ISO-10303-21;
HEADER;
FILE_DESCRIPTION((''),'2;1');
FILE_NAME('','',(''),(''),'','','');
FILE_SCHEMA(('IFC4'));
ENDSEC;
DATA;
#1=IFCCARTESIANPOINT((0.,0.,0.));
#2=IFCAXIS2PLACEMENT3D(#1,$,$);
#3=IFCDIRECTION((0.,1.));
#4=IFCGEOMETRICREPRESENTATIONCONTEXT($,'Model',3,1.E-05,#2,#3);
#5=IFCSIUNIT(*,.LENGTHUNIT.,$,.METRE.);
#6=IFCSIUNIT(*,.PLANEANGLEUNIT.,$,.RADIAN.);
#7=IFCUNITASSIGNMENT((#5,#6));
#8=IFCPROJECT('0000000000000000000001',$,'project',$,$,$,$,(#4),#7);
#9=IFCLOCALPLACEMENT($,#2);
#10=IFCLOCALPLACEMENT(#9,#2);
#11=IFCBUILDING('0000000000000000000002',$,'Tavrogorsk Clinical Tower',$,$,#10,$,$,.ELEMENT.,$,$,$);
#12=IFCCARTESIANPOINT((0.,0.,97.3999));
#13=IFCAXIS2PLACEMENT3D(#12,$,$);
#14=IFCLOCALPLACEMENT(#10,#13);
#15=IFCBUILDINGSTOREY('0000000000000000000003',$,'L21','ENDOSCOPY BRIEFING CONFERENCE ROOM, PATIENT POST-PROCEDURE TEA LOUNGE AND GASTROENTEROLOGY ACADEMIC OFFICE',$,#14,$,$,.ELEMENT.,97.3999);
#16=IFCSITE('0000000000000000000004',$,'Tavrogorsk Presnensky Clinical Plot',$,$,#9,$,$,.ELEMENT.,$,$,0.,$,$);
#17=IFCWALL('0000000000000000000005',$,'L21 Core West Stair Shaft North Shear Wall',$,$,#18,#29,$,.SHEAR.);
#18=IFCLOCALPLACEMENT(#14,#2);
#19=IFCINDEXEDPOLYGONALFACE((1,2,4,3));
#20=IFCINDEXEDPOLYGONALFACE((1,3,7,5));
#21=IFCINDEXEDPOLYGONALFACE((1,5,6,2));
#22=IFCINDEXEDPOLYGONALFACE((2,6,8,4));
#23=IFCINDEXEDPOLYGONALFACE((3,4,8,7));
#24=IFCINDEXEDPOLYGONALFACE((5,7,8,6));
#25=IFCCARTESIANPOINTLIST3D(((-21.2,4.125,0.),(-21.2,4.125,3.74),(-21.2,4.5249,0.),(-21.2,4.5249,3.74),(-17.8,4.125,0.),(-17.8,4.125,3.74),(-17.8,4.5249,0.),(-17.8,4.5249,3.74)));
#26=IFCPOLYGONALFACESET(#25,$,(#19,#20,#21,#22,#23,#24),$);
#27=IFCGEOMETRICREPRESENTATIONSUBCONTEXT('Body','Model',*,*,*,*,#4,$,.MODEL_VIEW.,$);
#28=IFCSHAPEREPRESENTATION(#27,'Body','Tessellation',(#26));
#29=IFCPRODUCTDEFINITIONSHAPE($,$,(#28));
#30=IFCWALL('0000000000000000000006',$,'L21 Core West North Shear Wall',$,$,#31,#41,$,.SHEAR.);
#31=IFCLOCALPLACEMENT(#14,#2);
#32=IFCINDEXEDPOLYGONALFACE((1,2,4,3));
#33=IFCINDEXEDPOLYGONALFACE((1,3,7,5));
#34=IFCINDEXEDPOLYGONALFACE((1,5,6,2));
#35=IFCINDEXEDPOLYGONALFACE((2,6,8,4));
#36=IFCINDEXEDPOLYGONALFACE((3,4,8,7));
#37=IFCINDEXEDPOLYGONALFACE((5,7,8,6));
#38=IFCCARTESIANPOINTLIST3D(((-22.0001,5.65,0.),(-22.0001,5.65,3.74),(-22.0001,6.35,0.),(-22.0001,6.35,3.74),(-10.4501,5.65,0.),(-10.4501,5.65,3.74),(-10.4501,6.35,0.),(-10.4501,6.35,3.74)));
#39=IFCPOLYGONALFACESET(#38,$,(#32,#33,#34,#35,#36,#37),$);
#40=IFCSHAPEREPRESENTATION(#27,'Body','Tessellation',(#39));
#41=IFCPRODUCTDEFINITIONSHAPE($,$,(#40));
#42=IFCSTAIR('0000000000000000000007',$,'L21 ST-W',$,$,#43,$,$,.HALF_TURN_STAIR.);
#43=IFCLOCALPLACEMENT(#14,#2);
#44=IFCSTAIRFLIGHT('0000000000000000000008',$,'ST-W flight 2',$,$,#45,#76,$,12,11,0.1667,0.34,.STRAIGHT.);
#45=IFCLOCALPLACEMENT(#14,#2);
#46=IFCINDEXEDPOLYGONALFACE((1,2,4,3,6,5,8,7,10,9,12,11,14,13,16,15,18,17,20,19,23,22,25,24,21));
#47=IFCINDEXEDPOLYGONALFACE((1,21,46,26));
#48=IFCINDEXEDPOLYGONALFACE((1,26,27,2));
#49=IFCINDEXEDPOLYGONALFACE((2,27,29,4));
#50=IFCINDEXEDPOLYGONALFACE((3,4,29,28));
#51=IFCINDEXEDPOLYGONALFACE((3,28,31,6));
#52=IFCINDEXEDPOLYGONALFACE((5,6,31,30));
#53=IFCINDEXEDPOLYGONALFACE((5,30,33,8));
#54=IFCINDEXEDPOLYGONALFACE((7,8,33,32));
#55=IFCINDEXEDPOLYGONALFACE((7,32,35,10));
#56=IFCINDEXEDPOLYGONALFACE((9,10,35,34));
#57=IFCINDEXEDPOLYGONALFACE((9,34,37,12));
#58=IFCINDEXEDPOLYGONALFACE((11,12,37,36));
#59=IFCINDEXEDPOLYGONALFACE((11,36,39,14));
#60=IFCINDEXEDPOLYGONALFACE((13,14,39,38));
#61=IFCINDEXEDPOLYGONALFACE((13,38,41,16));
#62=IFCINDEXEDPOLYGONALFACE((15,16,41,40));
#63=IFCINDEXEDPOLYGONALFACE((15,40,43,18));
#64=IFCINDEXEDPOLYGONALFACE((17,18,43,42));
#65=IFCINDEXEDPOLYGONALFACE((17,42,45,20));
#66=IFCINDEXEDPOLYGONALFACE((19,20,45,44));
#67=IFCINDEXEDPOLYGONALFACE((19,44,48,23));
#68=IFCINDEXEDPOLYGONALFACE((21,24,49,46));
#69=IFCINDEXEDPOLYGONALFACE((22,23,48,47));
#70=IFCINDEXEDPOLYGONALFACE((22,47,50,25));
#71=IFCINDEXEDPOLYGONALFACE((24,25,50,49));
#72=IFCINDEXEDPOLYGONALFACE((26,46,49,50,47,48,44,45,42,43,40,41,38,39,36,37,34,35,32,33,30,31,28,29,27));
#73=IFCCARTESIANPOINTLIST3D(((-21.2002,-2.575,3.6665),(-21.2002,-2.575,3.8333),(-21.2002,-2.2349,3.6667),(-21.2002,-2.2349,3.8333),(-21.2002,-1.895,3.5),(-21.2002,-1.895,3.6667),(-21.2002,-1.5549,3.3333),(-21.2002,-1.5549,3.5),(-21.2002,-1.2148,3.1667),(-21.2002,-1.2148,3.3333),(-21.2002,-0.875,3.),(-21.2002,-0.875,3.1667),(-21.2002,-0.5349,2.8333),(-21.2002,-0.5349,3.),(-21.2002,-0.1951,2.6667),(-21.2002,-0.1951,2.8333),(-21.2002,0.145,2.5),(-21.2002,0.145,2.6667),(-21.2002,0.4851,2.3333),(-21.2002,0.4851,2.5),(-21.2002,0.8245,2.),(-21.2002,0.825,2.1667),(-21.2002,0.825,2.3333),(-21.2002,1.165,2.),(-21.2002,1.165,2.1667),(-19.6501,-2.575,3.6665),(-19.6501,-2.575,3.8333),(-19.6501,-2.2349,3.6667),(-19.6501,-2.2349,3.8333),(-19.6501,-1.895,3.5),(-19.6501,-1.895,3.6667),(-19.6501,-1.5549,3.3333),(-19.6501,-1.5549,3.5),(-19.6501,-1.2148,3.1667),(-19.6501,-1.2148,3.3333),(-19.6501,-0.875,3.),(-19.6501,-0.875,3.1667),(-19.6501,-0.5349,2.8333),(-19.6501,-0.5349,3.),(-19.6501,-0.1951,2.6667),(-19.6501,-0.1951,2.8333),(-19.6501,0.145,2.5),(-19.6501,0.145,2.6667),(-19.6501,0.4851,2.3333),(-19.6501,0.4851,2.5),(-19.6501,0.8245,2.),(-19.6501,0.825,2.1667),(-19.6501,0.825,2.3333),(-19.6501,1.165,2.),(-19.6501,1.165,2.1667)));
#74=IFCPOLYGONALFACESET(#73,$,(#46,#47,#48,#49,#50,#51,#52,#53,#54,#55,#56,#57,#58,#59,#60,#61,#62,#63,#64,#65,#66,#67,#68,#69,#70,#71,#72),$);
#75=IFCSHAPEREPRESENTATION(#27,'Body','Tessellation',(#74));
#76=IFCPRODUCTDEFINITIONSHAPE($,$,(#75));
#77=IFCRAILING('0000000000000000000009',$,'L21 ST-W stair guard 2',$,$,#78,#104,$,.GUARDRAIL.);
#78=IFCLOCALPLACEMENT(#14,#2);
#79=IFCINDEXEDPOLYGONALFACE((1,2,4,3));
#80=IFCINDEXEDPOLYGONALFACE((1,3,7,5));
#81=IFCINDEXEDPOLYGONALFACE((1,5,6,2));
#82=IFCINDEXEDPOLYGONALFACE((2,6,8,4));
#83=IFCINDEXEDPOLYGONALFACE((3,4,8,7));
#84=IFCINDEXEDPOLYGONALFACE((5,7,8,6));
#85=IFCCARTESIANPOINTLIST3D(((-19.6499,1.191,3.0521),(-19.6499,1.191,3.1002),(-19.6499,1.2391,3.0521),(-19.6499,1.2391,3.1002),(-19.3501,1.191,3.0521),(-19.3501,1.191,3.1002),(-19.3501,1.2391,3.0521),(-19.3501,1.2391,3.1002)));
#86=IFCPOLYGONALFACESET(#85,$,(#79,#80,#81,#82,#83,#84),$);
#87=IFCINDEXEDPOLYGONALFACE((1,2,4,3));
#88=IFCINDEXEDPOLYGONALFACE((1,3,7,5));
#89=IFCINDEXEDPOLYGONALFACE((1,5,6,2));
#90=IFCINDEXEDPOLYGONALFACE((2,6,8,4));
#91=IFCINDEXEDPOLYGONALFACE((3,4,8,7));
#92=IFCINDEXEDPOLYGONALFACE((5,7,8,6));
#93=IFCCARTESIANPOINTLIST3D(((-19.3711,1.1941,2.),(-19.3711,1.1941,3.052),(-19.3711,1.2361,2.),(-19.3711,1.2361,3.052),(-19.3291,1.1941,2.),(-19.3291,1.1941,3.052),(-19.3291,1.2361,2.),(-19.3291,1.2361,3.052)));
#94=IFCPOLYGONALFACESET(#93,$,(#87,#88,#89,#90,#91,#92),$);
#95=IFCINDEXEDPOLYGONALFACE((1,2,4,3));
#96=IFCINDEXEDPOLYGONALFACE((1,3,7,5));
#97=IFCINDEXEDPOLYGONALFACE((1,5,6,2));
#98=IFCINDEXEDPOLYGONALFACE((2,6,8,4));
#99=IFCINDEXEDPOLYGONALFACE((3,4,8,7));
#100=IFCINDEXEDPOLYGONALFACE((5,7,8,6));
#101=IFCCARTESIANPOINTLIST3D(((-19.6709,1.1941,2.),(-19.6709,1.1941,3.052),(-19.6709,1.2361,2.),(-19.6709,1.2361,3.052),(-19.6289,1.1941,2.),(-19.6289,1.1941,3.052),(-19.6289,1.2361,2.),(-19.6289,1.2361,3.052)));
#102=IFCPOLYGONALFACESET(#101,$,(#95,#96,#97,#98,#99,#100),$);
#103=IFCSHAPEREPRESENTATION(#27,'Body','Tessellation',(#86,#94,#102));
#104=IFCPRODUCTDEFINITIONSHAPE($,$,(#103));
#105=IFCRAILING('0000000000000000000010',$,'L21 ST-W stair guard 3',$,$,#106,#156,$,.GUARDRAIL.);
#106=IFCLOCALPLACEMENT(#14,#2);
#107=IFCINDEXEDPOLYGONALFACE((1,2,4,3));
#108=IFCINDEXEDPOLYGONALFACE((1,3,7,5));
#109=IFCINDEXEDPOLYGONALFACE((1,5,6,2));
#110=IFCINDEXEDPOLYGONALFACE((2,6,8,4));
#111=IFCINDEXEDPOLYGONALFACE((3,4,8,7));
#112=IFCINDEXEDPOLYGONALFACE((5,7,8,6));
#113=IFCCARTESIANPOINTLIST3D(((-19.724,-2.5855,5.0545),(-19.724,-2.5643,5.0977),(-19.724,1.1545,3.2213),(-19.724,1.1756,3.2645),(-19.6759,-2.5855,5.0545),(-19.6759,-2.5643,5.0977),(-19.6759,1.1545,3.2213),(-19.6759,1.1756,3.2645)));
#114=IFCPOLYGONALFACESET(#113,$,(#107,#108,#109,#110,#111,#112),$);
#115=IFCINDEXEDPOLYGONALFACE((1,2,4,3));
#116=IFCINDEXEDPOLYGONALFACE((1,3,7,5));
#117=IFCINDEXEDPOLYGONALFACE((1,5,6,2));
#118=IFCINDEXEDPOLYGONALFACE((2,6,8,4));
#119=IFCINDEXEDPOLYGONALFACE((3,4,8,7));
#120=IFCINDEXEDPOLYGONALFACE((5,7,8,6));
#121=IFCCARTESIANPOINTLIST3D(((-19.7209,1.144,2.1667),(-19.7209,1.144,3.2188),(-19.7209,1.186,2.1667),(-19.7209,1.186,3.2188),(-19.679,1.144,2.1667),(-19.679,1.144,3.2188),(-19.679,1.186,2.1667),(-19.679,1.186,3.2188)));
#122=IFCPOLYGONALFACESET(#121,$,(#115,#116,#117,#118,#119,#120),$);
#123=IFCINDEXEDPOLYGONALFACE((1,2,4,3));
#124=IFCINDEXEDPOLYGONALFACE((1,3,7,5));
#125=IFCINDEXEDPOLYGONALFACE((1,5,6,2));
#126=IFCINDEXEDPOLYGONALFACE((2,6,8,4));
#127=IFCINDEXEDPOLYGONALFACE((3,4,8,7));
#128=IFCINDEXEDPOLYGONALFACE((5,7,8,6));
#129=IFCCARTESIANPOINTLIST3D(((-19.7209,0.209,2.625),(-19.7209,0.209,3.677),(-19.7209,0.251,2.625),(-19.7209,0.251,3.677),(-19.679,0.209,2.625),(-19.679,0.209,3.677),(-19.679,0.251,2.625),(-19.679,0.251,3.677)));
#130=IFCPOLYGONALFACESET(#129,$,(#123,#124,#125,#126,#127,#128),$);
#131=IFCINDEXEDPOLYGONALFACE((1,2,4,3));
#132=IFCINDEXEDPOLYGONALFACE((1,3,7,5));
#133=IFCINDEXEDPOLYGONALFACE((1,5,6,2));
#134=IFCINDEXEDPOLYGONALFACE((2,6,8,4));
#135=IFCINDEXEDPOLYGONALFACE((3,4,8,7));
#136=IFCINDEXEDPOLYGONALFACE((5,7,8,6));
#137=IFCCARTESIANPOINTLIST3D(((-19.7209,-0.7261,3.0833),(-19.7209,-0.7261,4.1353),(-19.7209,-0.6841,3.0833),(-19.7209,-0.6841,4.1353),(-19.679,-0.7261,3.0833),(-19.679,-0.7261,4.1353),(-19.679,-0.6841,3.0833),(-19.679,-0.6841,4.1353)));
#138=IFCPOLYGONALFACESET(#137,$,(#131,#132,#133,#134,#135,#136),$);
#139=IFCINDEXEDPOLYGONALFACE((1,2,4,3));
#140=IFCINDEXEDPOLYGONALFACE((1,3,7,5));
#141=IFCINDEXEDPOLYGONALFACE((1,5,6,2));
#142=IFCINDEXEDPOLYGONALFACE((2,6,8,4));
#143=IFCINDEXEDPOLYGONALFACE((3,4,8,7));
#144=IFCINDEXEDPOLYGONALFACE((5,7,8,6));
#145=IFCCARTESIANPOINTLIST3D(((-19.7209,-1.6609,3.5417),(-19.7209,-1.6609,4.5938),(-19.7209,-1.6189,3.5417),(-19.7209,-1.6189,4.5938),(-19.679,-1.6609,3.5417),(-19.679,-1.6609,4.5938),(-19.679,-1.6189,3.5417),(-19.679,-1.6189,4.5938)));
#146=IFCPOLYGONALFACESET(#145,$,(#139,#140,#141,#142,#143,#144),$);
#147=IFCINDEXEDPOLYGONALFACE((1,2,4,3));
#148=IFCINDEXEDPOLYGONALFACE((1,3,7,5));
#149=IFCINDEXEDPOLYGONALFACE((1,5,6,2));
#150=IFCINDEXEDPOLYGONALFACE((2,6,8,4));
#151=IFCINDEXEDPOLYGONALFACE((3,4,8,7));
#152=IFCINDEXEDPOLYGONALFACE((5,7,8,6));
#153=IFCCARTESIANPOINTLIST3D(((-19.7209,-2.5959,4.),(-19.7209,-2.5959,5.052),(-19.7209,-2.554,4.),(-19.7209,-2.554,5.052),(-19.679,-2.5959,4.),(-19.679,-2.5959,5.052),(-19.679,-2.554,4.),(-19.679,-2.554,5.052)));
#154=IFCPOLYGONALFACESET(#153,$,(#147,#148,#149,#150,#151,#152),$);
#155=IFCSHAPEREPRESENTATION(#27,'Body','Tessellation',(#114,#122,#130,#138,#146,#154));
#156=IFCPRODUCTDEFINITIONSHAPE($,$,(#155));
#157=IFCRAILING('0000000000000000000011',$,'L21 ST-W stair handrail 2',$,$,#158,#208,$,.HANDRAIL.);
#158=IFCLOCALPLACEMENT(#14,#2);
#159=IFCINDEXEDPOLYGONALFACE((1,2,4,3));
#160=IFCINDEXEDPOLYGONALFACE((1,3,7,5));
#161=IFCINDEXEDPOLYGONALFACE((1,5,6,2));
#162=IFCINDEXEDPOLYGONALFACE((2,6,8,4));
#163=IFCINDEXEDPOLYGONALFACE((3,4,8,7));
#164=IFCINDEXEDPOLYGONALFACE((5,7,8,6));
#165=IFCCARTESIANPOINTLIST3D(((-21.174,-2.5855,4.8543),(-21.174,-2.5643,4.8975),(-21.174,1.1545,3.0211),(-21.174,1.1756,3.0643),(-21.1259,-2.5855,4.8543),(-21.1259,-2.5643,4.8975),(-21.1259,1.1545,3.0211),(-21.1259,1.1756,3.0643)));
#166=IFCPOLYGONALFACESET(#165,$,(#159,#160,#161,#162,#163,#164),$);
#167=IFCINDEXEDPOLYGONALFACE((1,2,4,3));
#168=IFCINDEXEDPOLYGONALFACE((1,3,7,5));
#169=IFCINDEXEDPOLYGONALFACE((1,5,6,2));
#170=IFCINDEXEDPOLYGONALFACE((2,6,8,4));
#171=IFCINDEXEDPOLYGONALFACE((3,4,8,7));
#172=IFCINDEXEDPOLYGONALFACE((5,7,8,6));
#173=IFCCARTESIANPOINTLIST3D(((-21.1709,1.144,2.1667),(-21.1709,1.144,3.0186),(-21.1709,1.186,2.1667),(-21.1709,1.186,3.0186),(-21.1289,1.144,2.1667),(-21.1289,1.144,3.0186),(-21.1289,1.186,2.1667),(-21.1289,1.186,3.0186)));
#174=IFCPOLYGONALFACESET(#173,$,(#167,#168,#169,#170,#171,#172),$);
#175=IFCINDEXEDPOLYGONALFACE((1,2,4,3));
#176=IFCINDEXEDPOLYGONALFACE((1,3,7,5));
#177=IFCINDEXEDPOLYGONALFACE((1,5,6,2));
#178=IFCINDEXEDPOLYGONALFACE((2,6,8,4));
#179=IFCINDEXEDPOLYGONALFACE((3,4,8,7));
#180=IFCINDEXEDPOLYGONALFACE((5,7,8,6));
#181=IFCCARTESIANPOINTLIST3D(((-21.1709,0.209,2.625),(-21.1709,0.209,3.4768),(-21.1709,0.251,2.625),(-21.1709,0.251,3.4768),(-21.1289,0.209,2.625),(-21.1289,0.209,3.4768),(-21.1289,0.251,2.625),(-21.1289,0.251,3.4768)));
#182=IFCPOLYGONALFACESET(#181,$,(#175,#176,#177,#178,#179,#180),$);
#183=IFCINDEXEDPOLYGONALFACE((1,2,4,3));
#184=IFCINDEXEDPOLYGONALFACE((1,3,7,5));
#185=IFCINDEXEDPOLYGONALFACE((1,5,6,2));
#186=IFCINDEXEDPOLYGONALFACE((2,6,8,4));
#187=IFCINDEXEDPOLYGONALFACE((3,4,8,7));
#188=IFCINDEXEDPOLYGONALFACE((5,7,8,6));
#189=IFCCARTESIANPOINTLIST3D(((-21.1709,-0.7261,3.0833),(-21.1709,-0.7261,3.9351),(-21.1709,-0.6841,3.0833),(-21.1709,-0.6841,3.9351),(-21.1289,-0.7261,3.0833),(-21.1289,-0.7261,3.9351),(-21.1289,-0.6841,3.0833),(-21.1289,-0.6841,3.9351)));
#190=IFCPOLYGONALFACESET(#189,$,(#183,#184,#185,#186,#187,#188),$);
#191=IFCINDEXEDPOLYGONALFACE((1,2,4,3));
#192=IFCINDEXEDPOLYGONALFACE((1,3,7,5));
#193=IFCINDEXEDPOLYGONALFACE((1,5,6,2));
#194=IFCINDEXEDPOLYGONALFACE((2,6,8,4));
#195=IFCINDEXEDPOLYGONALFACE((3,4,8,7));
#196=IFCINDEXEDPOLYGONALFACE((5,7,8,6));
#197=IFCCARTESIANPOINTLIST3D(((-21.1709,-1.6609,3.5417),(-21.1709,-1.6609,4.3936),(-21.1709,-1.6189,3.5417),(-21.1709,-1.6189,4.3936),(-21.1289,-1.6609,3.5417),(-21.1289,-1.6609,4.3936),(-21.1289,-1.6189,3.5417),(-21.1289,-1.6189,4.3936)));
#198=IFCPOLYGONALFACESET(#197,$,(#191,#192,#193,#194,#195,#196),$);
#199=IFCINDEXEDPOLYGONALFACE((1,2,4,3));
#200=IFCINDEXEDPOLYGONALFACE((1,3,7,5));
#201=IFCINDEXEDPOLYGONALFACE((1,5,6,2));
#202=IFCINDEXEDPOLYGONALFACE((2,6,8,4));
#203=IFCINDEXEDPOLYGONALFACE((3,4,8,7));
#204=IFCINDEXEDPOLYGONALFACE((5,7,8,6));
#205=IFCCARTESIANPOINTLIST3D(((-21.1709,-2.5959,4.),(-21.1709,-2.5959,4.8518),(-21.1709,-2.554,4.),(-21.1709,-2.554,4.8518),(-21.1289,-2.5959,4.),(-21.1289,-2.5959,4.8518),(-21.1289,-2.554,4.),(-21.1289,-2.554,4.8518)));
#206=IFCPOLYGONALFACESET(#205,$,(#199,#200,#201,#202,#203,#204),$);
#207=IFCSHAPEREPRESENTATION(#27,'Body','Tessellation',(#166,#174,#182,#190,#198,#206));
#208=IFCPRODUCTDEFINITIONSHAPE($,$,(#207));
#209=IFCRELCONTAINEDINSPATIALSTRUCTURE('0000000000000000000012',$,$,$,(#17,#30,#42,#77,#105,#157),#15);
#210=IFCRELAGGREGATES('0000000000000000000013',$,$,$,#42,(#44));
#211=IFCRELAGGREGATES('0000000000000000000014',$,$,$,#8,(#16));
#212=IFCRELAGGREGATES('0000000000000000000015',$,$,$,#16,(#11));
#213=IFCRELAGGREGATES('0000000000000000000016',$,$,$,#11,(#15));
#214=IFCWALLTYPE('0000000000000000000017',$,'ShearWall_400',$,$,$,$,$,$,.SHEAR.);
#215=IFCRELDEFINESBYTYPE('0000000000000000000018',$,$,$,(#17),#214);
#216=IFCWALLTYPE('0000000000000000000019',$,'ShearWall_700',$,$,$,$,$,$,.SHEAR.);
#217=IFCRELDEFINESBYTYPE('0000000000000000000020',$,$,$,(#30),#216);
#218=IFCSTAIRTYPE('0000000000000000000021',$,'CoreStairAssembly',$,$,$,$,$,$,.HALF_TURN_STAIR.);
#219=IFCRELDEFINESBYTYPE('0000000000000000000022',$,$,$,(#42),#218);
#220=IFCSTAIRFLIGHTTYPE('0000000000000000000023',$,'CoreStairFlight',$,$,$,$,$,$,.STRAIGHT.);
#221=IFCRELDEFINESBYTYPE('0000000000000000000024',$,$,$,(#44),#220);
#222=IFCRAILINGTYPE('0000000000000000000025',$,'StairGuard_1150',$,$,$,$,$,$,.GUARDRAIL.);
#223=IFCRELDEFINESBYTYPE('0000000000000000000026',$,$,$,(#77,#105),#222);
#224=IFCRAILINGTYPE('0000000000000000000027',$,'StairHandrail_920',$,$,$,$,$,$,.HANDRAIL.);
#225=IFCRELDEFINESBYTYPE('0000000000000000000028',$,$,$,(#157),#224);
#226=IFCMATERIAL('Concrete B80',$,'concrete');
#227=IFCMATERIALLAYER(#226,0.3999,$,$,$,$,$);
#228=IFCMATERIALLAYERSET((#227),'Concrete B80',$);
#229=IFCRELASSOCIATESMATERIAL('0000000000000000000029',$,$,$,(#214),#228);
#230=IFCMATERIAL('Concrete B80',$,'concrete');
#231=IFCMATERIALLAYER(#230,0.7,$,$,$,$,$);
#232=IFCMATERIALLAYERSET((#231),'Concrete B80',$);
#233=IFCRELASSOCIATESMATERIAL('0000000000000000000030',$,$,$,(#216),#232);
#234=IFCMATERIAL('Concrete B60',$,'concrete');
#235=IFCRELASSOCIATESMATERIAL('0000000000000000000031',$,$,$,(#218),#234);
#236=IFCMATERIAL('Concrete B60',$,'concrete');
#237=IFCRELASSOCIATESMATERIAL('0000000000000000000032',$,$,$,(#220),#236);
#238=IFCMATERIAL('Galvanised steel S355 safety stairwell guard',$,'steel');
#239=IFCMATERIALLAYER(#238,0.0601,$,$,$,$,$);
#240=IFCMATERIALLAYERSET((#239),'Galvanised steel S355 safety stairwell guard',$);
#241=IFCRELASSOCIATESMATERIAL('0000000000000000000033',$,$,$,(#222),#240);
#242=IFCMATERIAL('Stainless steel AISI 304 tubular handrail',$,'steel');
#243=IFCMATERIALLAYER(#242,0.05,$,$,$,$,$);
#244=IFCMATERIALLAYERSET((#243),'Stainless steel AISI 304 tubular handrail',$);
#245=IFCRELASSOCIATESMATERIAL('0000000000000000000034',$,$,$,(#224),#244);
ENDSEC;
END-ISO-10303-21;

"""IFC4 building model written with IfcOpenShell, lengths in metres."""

from ifc_helpers import new_model, si_unit, direction, frame, frame_2d, origin, origin_2d, place, context, subcontext, project, spatial, polyline, rectangle, outline, extrude, material, layer, layer_set, type_object, element, aggregate, save


model = new_model("IFC4")

# Units and contexts
model_context = context("Model", 3, precision=1e-05, world=origin(), true_north=direction((0.0, 1.0)))
body_context = subcontext(model_context, "Body", "Model", "MODEL_VIEW")
ifc_project = project(units=[si_unit("LENGTHUNIT", "METRE"), si_unit("PLANEANGLEUNIT", "RADIAN")], contexts=[model_context])

# Site, building, storey
site_placement = place(None, origin())
site = spatial("IfcSite", under=ifc_project, at=site_placement, Name="Tavrogorsk Presnensky Clinical Plot", CompositionType="ELEMENT", RefElevation=0.0)
building_placement = place(site_placement, origin())
building = spatial("IfcBuilding", under=site, at=building_placement, Name="Tavrogorsk Clinical Tower", CompositionType="ELEMENT")
storey_placement = place(building_placement, frame((0.0, 0.0, 97.3999)))
storey = spatial("IfcBuildingStorey", under=building, at=storey_placement, Name="L21", Description="ENDOSCOPY BRIEFING CONFERENCE ROOM, PATIENT POST-PROCEDURE TEA LOUNGE AND GASTROENTEROLOGY ACADEMIC OFFICE", CompositionType="ELEMENT", Elevation=97.3999)

# Walls
ifc_material_1 = material(Name="Concrete B80", Category="concrete")
ifc_layer_1 = layer(ifc_material_1, 0.3999)
ifc_layer_set_1 = layer_set([ifc_layer_1], Name="Concrete B80")
wall_type_1 = type_object("IfcWallType", Name="ShearWall_400", PredefinedType="SHEAR", material=ifc_layer_set_1)
wall_1_placement = place(storey_placement, frame((-21.2, 4.325, 0.0), z_axis=(0.0, 0.0, 1.0), x_axis=(1.0, 0.0, 0.0)))
element("IfcWall", 1, at=wall_1_placement, inside=storey, type_object=wall_type_1, Name="L21 Core West Stair Shaft North Shear Wall", PredefinedType="SHEAR", context=body_context, shape_type="SweptSolid", body=[
    extrude(rectangle(XDim=3.3999, YDim=0.3999, at=frame_2d((1.7, 0.0))), origin(), (0.0, 0.0, 1.0), 3.74),
])
ifc_material_2 = material(Name="Concrete B80", Category="concrete")
ifc_layer_2 = layer(ifc_material_2, 0.7)
ifc_layer_set_2 = layer_set([ifc_layer_2], Name="Concrete B80")
wall_type_2 = type_object("IfcWallType", Name="ShearWall_700", PredefinedType="SHEAR", material=ifc_layer_set_2)
wall_2_placement = place(storey_placement, frame((-22.0, 6.0, 0.0), z_axis=(0.0, 0.0, 1.0), x_axis=(1.0, 0.0, 0.0)))
element("IfcWall", 2, at=wall_2_placement, inside=storey, type_object=wall_type_2, Name="L21 Core West North Shear Wall", PredefinedType="SHEAR", context=body_context, shape_type="SweptSolid", body=[
    extrude(rectangle(XDim=11.55, YDim=0.7, at=frame_2d((5.7749, 0.0))), origin(), (0.0, 0.0, 1.0), 3.74),
])

# Stair, stair flight
ifc_material_3 = material(Name="Concrete B60", Category="concrete")
stair_type = type_object("IfcStairType", Name="CoreStairAssembly", PredefinedType="HALF_TURN_STAIR", material=ifc_material_3)
stair_placement = place(storey_placement, origin())
stair = element("IfcStair", 3, at=stair_placement, inside=storey, type_object=stair_type, Name="L21 ST-W", PredefinedType="HALF_TURN_STAIR")
ifc_material_4 = material(Name="Concrete B60", Category="concrete")
stair_flight_type = type_object("IfcStairFlightType", Name="CoreStairFlight", PredefinedType="STRAIGHT", material=ifc_material_4)
stair_flight_placement = place(storey_placement, frame((-20.425, 1.165, 2.0), z_axis=(0.0, 0.0, 1.0), x_axis=(0.0, -1.0, 0.0)))
stair_flight = element("IfcStairFlight", 4, at=stair_flight_placement, type_object=stair_flight_type, Name="ST-W flight 2", NumberOfRisers=12, NumberOfTreads=11, PredefinedType="STRAIGHT", RiserHeight=0.1667, TreadLength=0.34, context=body_context, shape_type="SweptSolid", body=[
    extrude(outline(polyline([(0.0, 0.0), (0.0, 0.1667), (0.3401, 0.1667), (0.3401, 0.3333), (0.6799, 0.3333), (0.6799, 0.5), (1.02, 0.5), (1.02, 0.6667), (1.3601, 0.6667), (1.3601, 0.8333), (1.7, 0.8333), (1.7, 1.0), (2.04, 1.0), (2.04, 1.1667), (2.3799, 1.1667), (2.3799, 1.3333), (2.72, 1.3333), (2.72, 1.5), (3.0601, 1.5), (3.0601, 1.6667), (3.3999, 1.6667), (3.3999, 1.8333), (3.74, 1.8333), (3.74, 2.0), (3.74, 1.6665), (0.3406, 0.0), (0.0, 0.0)])), frame((0.0, 0.7749, 0.0), z_axis=(0.0, -1.0, 0.0), x_axis=(1.0, 0.0, 0.0)), (0.0, 0.0, 1.0), 1.55),
])
aggregate(stair, [stair_flight])

# Railings
ifc_material_5 = material(Name="Galvanised steel S355 safety stairwell guard", Category="steel")
ifc_layer_3 = layer(ifc_material_5, 0.0601)
ifc_layer_set_3 = layer_set([ifc_layer_3], Name="Galvanised steel S355 safety stairwell guard")
railing_type_1 = type_object("IfcRailingType", Name="StairGuard_1150", PredefinedType="GUARDRAIL", material=ifc_layer_set_3)
railing_1_placement = place(storey_placement, frame((-19.3501, 1.2151, 2.0)))
element("IfcRailing", 5, at=railing_1_placement, inside=storey, type_object=railing_type_1, Name="L21 ST-W stair guard 2", PredefinedType="GUARDRAIL", context=body_context, shape_type="SweptSolid", body=[
    extrude(rectangle(XDim=0.0481, YDim=0.0481, at=origin_2d()), frame((0.0, 0.0, 1.0762), z_axis=(-1.0, 0.0, 0.0), x_axis=(0.0, -1.0, 0.0)), (0.0, 0.0, 1.0), 0.2998),
    extrude(rectangle(XDim=0.042, YDim=0.042, at=origin_2d()), origin(), (0.0, 0.0, 1.0), 1.052),
    extrude(rectangle(XDim=0.042, YDim=0.042, at=origin_2d()), frame((-0.2998, 0.0, 0.0)), (0.0, 0.0, 1.0), 1.052),
])
railing_2_placement = place(storey_placement, frame((-19.7, 1.165, 2.1667)))
element("IfcRailing", 6, at=railing_2_placement, inside=storey, type_object=railing_type_1, Name="L21 ST-W stair guard 3", PredefinedType="GUARDRAIL", context=body_context, shape_type="SweptSolid", body=[
    extrude(rectangle(XDim=0.0481, YDim=0.0481, at=origin_2d()), frame((0.0, 0.0, 1.0762), z_axis=(0.0, -0.897928, 0.440142), x_axis=(1.0, 0.0, 0.0)), (0.0, 0.0, 1.0), 4.165),
    extrude(rectangle(XDim=0.042, YDim=0.042, at=origin_2d()), origin(), (0.0, 0.0, 1.0), 1.052),
    extrude(rectangle(XDim=0.042, YDim=0.042, at=origin_2d()), frame((0.0, -0.9351, 0.4583)), (0.0, 0.0, 1.0), 1.052),
    extrude(rectangle(XDim=0.042, YDim=0.042, at=origin_2d()), frame((0.0, -1.8701, 0.9165)), (0.0, 0.0, 1.0), 1.052),
    extrude(rectangle(XDim=0.042, YDim=0.042, at=origin_2d()), frame((0.0, -2.8049, 1.375)), (0.0, 0.0, 1.0), 1.052),
    extrude(rectangle(XDim=0.042, YDim=0.042, at=origin_2d()), frame((0.0, -3.74, 1.8333)), (0.0, 0.0, 1.0), 1.052),
])
ifc_material_6 = material(Name="Stainless steel AISI 304 tubular handrail", Category="steel")
ifc_layer_4 = layer(ifc_material_6, 0.05)
ifc_layer_set_4 = layer_set([ifc_layer_4], Name="Stainless steel AISI 304 tubular handrail")
railing_type_2 = type_object("IfcRailingType", Name="StairHandrail_920", PredefinedType="HANDRAIL", material=ifc_layer_set_4)
railing_3_placement = place(storey_placement, frame((-21.1499, 1.165, 2.1667)))
element("IfcRailing", 7, at=railing_3_placement, inside=storey, type_object=railing_type_2, Name="L21 ST-W stair handrail 2", PredefinedType="HANDRAIL", context=body_context, shape_type="SweptSolid", body=[
    extrude(rectangle(XDim=0.0481, YDim=0.0481, at=origin_2d()), frame((0.0, 0.0, 0.876), z_axis=(0.0, -0.897928, 0.440142), x_axis=(1.0, 0.0, 0.0)), (0.0, 0.0, 1.0), 4.165),
    extrude(rectangle(XDim=0.042, YDim=0.042, at=origin_2d()), origin(), (0.0, 0.0, 1.0), 0.8518),
    extrude(rectangle(XDim=0.042, YDim=0.042, at=origin_2d()), frame((0.0, -0.9351, 0.4583)), (0.0, 0.0, 1.0), 0.8518),
    extrude(rectangle(XDim=0.042, YDim=0.042, at=origin_2d()), frame((0.0, -1.8701, 0.9165)), (0.0, 0.0, 1.0), 0.8518),
    extrude(rectangle(XDim=0.042, YDim=0.042, at=origin_2d()), frame((0.0, -2.8049, 1.375)), (0.0, 0.0, 1.0), 0.8518),
    extrude(rectangle(XDim=0.042, YDim=0.042, at=origin_2d()), frame((0.0, -3.74, 1.8333)), (0.0, 0.0, 1.0), 0.8518),
])

save(model, "model.ifc")
